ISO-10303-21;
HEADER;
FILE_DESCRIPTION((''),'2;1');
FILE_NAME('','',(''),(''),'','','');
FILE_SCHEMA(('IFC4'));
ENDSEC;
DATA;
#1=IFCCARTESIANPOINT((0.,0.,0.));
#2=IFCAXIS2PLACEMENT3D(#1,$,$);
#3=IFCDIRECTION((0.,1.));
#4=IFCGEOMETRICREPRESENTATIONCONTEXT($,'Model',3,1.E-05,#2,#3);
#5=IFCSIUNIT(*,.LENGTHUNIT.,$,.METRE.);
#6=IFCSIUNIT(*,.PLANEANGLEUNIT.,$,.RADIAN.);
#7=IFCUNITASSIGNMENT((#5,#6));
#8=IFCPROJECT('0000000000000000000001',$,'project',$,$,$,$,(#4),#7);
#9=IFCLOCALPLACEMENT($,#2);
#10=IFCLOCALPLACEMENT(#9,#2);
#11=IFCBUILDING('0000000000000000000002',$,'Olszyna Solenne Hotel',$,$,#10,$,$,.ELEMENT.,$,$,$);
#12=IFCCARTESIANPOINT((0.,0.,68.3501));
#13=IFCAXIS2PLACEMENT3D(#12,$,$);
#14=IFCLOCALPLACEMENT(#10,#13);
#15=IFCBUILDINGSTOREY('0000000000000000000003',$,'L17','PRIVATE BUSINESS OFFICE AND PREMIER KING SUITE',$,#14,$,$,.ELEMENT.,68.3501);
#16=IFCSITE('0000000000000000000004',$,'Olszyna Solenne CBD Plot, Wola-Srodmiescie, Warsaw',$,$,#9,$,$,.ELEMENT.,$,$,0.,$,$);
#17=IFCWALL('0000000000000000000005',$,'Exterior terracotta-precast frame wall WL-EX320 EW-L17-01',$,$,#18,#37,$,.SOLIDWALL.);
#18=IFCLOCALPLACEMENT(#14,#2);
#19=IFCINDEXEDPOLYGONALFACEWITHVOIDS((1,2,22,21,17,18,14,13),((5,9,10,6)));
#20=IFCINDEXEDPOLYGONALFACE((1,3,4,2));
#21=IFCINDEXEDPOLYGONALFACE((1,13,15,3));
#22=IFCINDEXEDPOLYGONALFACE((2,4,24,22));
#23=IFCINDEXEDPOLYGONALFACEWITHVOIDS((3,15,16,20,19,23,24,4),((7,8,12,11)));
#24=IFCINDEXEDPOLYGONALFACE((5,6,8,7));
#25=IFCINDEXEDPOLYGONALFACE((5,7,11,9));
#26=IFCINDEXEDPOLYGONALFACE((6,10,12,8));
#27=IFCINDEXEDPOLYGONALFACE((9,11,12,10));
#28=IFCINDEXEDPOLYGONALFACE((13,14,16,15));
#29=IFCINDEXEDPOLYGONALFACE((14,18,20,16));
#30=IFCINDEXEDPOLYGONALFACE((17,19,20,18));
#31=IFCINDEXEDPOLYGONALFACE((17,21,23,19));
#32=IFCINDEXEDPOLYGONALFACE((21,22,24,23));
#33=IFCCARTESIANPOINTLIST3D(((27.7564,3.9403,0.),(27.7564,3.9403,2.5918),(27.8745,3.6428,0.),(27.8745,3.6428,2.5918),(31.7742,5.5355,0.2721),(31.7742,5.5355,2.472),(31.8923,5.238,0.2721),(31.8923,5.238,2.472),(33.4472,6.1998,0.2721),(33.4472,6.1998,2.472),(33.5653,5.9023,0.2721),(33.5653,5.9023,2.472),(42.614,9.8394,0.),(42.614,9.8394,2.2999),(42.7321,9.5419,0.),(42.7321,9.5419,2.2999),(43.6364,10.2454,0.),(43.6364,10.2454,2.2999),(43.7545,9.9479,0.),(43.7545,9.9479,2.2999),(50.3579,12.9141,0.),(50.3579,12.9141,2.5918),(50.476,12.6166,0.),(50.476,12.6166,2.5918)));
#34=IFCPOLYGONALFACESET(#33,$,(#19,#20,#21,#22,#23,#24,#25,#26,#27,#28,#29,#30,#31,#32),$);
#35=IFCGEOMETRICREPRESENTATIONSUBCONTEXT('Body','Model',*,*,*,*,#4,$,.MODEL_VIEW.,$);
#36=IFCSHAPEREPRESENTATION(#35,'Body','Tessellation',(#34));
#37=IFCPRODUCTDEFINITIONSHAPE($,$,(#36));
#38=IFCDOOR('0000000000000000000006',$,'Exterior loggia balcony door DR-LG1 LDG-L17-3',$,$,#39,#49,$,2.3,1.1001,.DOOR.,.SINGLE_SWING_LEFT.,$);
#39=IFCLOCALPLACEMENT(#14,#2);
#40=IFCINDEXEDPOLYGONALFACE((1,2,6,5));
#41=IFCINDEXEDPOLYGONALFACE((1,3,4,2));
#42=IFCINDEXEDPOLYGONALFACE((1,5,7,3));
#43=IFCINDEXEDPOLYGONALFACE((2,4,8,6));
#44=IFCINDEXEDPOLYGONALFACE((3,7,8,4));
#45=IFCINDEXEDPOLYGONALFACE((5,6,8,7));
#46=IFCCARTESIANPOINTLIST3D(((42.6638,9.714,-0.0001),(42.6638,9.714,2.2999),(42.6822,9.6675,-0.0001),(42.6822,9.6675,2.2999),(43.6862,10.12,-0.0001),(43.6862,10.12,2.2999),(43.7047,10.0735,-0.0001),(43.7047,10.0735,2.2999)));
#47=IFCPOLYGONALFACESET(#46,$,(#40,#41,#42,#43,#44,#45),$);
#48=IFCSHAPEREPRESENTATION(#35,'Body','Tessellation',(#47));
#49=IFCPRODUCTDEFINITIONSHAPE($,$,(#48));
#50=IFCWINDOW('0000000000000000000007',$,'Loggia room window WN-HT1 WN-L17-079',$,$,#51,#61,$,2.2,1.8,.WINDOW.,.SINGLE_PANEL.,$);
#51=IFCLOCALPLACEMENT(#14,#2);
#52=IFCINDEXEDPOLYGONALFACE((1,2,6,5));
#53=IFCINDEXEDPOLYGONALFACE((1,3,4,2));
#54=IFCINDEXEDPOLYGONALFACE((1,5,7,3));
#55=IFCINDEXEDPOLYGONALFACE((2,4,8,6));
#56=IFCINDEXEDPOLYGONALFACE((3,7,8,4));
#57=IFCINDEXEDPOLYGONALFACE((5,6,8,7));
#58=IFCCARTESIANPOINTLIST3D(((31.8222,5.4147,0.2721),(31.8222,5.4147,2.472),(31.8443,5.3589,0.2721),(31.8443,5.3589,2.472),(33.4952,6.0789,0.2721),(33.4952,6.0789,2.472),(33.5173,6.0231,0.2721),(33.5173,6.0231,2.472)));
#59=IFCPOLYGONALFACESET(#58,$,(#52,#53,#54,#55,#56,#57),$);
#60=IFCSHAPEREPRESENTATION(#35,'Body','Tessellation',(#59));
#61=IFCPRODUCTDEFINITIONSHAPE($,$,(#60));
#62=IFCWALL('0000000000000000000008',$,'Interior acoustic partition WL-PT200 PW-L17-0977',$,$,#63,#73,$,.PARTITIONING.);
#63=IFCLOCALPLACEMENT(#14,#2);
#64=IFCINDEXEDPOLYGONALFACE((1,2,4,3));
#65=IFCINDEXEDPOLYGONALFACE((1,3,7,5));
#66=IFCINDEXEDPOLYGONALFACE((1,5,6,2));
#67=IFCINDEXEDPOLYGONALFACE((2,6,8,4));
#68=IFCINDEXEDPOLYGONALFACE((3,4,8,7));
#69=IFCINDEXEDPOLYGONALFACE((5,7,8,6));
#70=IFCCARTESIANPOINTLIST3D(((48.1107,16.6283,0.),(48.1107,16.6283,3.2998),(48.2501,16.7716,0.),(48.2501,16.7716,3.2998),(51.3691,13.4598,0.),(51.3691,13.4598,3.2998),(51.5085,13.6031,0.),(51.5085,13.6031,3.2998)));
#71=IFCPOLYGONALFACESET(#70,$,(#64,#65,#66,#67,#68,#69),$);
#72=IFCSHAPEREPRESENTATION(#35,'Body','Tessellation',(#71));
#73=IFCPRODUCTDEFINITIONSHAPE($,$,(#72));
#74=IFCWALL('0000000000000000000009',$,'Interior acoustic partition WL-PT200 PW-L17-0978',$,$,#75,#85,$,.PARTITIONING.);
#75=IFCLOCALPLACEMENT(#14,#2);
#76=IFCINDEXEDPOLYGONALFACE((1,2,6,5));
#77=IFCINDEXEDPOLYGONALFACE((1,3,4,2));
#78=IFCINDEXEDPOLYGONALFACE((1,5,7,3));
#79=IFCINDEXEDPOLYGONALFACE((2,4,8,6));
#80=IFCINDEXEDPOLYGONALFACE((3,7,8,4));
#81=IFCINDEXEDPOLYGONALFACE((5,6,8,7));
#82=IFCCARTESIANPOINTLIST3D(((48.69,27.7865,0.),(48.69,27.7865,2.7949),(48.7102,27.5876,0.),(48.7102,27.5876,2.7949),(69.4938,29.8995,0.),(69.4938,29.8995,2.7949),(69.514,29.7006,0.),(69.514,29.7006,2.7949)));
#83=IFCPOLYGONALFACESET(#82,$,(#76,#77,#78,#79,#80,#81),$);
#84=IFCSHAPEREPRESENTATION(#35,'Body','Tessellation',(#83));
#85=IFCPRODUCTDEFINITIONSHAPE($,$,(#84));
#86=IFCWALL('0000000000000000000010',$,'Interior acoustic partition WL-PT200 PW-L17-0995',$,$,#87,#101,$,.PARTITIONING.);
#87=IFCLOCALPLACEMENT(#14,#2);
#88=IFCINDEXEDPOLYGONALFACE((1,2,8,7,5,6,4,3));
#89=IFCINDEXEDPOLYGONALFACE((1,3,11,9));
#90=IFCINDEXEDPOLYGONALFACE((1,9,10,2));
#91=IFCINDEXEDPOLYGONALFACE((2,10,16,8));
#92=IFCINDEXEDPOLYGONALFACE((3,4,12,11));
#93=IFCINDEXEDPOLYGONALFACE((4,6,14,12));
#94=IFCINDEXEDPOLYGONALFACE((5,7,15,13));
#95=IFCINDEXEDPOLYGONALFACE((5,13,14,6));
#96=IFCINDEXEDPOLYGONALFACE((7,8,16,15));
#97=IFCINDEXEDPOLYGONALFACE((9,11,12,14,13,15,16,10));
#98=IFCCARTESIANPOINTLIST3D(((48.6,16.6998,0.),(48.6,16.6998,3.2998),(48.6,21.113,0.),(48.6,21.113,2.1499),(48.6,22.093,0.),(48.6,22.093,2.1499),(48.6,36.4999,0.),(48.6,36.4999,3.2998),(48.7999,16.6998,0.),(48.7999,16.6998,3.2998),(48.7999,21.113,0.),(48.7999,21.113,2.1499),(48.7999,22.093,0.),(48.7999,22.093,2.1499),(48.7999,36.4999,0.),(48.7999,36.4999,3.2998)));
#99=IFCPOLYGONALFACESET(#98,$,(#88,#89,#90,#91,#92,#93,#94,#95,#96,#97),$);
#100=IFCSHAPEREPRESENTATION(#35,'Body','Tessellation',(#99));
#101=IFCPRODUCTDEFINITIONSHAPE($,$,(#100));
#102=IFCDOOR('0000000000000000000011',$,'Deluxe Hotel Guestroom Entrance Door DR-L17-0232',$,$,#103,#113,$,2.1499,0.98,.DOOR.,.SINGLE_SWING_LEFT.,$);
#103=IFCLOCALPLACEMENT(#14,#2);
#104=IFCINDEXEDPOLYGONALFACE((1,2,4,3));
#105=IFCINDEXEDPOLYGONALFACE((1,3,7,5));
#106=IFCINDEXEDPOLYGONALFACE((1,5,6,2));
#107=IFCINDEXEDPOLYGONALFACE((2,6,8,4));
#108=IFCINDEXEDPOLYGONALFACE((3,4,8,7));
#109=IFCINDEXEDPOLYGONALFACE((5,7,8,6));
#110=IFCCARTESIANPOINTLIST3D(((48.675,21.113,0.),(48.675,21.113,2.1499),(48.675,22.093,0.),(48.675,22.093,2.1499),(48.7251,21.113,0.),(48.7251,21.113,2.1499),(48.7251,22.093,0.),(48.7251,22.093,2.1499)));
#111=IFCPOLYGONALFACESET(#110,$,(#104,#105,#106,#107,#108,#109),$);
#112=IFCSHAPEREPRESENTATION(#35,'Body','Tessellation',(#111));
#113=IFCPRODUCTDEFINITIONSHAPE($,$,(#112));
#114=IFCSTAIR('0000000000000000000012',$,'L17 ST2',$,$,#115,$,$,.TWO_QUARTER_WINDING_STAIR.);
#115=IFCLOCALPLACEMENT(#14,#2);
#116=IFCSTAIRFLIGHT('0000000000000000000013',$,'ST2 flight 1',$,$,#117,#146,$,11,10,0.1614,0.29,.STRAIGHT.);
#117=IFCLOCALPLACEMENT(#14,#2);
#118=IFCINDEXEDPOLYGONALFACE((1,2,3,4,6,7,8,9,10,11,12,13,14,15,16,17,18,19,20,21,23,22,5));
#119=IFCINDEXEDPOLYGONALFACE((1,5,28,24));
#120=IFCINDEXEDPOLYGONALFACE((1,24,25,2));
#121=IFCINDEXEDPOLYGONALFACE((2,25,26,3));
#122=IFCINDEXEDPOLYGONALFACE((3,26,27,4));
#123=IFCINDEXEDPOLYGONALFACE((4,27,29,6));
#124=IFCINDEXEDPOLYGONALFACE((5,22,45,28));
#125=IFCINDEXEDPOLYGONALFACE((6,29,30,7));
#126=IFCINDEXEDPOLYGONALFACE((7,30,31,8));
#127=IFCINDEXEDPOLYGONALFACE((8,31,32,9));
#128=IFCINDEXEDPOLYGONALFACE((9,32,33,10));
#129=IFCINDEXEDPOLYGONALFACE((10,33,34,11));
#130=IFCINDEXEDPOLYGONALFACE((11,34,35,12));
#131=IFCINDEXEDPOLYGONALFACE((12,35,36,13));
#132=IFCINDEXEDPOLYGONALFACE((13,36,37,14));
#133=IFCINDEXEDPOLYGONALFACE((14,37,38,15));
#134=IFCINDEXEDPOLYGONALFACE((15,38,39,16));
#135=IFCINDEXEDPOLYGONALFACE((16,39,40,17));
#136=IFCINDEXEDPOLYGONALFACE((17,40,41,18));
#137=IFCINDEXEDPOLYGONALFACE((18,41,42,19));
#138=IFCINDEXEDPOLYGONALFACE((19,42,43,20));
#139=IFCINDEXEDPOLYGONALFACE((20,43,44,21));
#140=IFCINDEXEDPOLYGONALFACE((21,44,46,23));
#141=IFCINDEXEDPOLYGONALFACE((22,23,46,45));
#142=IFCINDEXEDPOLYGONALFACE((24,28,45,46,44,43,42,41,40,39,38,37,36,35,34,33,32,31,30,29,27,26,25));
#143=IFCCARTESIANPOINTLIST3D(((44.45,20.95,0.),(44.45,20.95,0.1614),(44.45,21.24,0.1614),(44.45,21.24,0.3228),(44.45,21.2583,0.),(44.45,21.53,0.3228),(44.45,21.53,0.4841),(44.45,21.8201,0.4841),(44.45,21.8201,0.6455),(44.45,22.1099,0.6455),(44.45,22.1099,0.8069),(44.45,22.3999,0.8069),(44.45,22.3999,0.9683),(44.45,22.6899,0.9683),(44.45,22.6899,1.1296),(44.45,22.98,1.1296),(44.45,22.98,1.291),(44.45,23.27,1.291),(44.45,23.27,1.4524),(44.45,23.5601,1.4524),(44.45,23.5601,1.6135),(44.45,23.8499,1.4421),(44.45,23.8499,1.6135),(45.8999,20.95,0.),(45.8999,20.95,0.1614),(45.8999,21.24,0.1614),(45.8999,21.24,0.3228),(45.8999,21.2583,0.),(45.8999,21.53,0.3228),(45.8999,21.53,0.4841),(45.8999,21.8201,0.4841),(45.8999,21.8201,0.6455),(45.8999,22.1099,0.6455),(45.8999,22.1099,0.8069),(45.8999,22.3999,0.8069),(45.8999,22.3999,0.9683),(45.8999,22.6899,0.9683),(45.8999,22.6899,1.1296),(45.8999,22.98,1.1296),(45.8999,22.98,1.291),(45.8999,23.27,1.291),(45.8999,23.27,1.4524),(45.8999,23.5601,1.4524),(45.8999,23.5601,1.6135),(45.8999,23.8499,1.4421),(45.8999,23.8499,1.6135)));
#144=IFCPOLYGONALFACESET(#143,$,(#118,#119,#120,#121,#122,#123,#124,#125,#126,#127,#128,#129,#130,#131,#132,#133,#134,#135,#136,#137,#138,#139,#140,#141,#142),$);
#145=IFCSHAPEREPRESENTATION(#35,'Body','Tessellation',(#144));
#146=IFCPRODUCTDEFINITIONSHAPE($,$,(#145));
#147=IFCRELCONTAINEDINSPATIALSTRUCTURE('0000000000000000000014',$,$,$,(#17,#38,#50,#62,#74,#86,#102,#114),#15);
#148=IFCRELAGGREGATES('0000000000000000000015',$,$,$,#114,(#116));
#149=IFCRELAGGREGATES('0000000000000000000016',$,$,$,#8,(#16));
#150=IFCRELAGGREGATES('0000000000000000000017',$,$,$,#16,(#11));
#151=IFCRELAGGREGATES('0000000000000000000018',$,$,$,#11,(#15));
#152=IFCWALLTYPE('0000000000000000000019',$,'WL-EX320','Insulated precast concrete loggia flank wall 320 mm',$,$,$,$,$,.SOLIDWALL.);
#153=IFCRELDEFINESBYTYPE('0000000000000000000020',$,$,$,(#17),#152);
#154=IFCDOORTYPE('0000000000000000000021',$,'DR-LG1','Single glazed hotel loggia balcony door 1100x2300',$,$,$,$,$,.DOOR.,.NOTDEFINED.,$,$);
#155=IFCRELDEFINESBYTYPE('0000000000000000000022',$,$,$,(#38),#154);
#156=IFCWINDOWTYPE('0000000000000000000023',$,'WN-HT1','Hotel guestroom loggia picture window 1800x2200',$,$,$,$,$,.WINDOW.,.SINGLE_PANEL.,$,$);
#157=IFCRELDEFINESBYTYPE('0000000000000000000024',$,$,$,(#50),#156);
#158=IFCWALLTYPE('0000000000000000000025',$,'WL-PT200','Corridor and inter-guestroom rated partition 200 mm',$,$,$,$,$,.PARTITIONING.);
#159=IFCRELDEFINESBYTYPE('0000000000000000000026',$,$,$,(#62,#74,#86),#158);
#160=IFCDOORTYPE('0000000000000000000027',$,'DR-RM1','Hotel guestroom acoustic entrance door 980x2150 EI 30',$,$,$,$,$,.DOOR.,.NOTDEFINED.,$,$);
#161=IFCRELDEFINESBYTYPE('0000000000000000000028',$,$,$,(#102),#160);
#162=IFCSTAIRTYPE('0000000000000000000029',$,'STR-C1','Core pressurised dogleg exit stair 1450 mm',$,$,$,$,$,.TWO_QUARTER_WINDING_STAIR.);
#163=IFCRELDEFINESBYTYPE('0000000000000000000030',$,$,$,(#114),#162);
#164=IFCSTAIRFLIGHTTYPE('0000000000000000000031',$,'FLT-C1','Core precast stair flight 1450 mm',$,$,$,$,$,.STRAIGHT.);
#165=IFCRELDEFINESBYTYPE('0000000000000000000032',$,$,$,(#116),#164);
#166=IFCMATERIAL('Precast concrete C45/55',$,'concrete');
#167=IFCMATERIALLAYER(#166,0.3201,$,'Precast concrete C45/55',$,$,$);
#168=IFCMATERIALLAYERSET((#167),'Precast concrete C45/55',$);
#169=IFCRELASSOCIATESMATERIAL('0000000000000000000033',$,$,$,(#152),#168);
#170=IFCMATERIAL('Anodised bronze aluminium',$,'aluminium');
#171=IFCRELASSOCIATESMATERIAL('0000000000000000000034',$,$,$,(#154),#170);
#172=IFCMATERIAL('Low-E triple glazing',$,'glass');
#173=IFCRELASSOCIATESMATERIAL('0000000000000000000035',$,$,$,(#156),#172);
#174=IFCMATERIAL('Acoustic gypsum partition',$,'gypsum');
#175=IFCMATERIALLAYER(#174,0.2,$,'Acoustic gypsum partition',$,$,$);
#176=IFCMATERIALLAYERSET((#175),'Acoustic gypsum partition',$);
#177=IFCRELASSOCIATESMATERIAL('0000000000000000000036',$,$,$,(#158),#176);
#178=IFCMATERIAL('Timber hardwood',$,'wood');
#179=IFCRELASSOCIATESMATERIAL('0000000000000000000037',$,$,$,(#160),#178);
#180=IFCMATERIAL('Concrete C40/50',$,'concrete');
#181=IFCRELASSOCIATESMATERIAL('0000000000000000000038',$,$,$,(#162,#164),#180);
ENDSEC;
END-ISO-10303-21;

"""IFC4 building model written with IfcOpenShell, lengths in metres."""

from ifc_helpers import new_model, si_unit, direction, frame, frame_2d, origin, place, context, subcontext, project, spatial, polyline, rectangle, outline, extrude, source, transform, mapped, material, layer, layer_set, type_object, type_shapes, element, fill, aggregate, save


model = new_model("IFC4")

# Units and contexts
model_context = context("Model", 3, precision=1e-05, world=origin(), true_north=direction((0.0, 1.0)))
body_context = subcontext(model_context, "Body", "Model", "MODEL_VIEW")
ifc_project = project(units=[si_unit("LENGTHUNIT", "METRE"), si_unit("PLANEANGLEUNIT", "RADIAN")], contexts=[model_context])

# Site, building, storey
site_placement = place(None, origin())
site = spatial("IfcSite", under=ifc_project, at=site_placement, Name="Olszyna Solenne CBD Plot, Wola-Srodmiescie, Warsaw", CompositionType="ELEMENT", RefElevation=0.0)
building_placement = place(site_placement, origin())
building = spatial("IfcBuilding", under=site, at=building_placement, Name="Olszyna Solenne Hotel", CompositionType="ELEMENT")
storey_placement = place(building_placement, frame((0.0, 0.0, 68.3501)))
storey = spatial("IfcBuildingStorey", under=building, at=storey_placement, Name="L17", Description="PRIVATE BUSINESS OFFICE AND PREMIER KING SUITE", CompositionType="ELEMENT", Elevation=68.3501)

# Wall, openings, door, window
ifc_material_1 = material(Name="Precast concrete C45/55", Category="concrete")
ifc_layer_1 = layer(ifc_material_1, 0.3201, Name="Precast concrete C45/55")
ifc_layer_set_1 = layer_set([ifc_layer_1], Name="Precast concrete C45/55")
wall_type_1 = type_object("IfcWallType", Name="WL-EX320", Description="Insulated precast concrete loggia flank wall 320 mm", PredefinedType="SOLIDWALL", material=ifc_layer_set_1)
wall_1_placement = place(storey_placement, frame((50.417, 12.7654, 0.0), z_axis=(0.0, 0.0, 1.0), x_axis=(-0.92942, -0.369023, 0.0)))
wall_1 = element("IfcWall", 1, at=wall_1_placement, inside=storey, type_object=wall_type_1, Name="Exterior terracotta-precast frame wall WL-EX320 EW-L17-01", PredefinedType="SOLIDWALL", context=body_context, shape_type="SweptSolid", body=[
    extrude(rectangle(XDim=24.3179, YDim=0.3201, at=frame_2d((12.1589, 0.0))), origin(), (0.0, 0.0, 1.0), 2.5918),
])
opening_1_placement = place(wall_1_placement, frame((7.2319, 0.0, 0.0)))
opening_1 = element("IfcOpeningElement", 2, at=opening_1_placement, cuts=wall_1, PredefinedType="OPENING", context=body_context, shape_type="SweptSolid", body=[
    extrude(rectangle(XDim=1.1001, YDim=2.3, at=frame_2d((0.55, 1.1499))), frame((0.0, 0.1699, 0.0), z_axis=(0.0, -1.0, 0.0), x_axis=(1.0, 0.0, 0.0)), (0.0, 0.0, 1.0), 0.3401),
])
opening_2_placement = place(wall_1_placement, frame((18.1951, 0.0, 0.272)))
opening_2 = element("IfcOpeningElement", 3, at=opening_2_placement, cuts=wall_1, PredefinedType="OPENING", context=body_context, shape_type="SweptSolid", body=[
    extrude(rectangle(XDim=1.8, YDim=2.2, at=frame_2d((0.8999, 1.1001))), frame((0.0, 0.1699, 0.0), z_axis=(0.0, -1.0, 0.0), x_axis=(1.0, 0.0, 0.0)), (0.0, 0.0, 1.0), 0.3401),
])
ifc_material_2 = material(Name="Anodised bronze aluminium", Category="aluminium")
door_type_1 = type_object("IfcDoorType", Name="DR-LG1", Description="Single glazed hotel loggia balcony door 1100x2300", OperationType="NOTDEFINED", PredefinedType="DOOR", material=ifc_material_2)
shared_shape_1 = source(origin(), body_context, "Body", "SweptSolid", [
    extrude(rectangle(XDim=1.1001, YDim=2.3, at=frame_2d((0.55, 1.1499))), frame((0.0, 0.0249, 0.0), z_axis=(0.0, -1.0, 0.0), x_axis=(1.0, 0.0, 0.0)), (0.0, 0.0, 1.0), 0.05),
])
type_shapes(door_type_1, [shared_shape_1])
door_1_placement = place(opening_1_placement, origin())
door_1 = element("IfcDoor", 4, at=door_1_placement, inside=storey, type_object=door_type_1, Name="Exterior loggia balcony door DR-LG1 LDG-L17-3", OperationType="SINGLE_SWING_LEFT", OverallHeight=2.3, OverallWidth=1.1001, PredefinedType="DOOR", context=body_context, shape_type="MappedRepresentation", body=[
    mapped(shared_shape_1, transform((0.0, 0.0, 0.0), x_axis=(1.0, 0.0, 0.0), y_axis=(0.0, 1.0, 0.0), z_axis=(0.0, 0.0, 1.0), scale=1.0)),
])
fill(opening_1, door_1)
ifc_material_3 = material(Name="Low-E triple glazing", Category="glass")
window_type = type_object("IfcWindowType", Name="WN-HT1", Description="Hotel guestroom loggia picture window 1800x2200", PartitioningType="SINGLE_PANEL", PredefinedType="WINDOW", material=ifc_material_3)
shared_shape_2 = source(origin(), body_context, "Body", "SweptSolid", [
    extrude(rectangle(XDim=1.8, YDim=2.2, at=frame_2d((0.8999, 1.1001))), frame((0.0, 0.03, 0.0), z_axis=(0.0, -1.0, 0.0), x_axis=(1.0, 0.0, 0.0)), (0.0, 0.0, 1.0), 0.0601),
])
type_shapes(window_type, [shared_shape_2])
window_placement = place(opening_2_placement, origin())
window = element("IfcWindow", 5, at=window_placement, inside=storey, type_object=window_type, Name="Loggia room window WN-HT1 WN-L17-079", OverallHeight=2.2, OverallWidth=1.8, PartitioningType="SINGLE_PANEL", PredefinedType="WINDOW", context=body_context, shape_type="MappedRepresentation", body=[
    mapped(shared_shape_2, transform((0.0, 0.0, 0.0), x_axis=(1.0, 0.0, 0.0), y_axis=(0.0, 1.0, 0.0), z_axis=(0.0, 0.0, 1.0), scale=1.0)),
])
fill(opening_2, window)

# Walls
ifc_material_4 = material(Name="Acoustic gypsum partition", Category="gypsum")
ifc_layer_2 = layer(ifc_material_4, 0.2, Name="Acoustic gypsum partition")
ifc_layer_set_2 = layer_set([ifc_layer_2], Name="Acoustic gypsum partition")
wall_type_2 = type_object("IfcWallType", Name="WL-PT200", Description="Corridor and inter-guestroom rated partition 200 mm", PredefinedType="PARTITIONING", material=ifc_layer_set_2)
wall_2_placement = place(storey_placement, frame((48.1804, 16.7, 0.0), z_axis=(0.0, 0.0, 1.0), x_axis=(0.716922, -0.697154, 0.0)))
element("IfcWall", 6, at=wall_2_placement, inside=storey, type_object=wall_type_2, Name="Interior acoustic partition WL-PT200 PW-L17-0977", PredefinedType="PARTITIONING", context=body_context, shape_type="SweptSolid", body=[
    extrude(rectangle(XDim=4.5449, YDim=0.2, at=frame_2d((2.2725, 0.0))), origin(), (0.0, 0.0, 1.0), 3.2998),
])
wall_3_placement = place(storey_placement, frame((48.7, 27.687, 0.0), z_axis=(0.0, 0.0, 1.0), x_axis=(0.994881, 0.101049, 0.0)))
element("IfcWall", 7, at=wall_3_placement, inside=storey, type_object=wall_type_2, Name="Interior acoustic partition WL-PT200 PW-L17-0978", PredefinedType="PARTITIONING", context=body_context, shape_type="SweptSolid", body=[
    extrude(rectangle(XDim=20.9109, YDim=0.2, at=frame_2d((10.4556, 0.0))), origin(), (0.0, 0.0, 1.0), 2.7949),
])

# Wall, opening, door
wall_4_placement = place(storey_placement, frame((48.7, 16.7, 0.0), z_axis=(0.0, 0.0, 1.0), x_axis=(0.0, 1.0, 0.0)))
wall_4 = element("IfcWall", 8, at=wall_4_placement, inside=storey, type_object=wall_type_2, Name="Interior acoustic partition WL-PT200 PW-L17-0995", PredefinedType="PARTITIONING", context=body_context, shape_type="SweptSolid", body=[
    extrude(rectangle(XDim=19.8, YDim=0.2, at=frame_2d((9.8999, 0.0))), origin(), (0.0, 0.0, 1.0), 3.2998),
])
opening_3_placement = place(wall_4_placement, frame((4.4131, 0.0, 0.0)))
opening_3 = element("IfcOpeningElement", 9, at=opening_3_placement, cuts=wall_4, PredefinedType="OPENING", context=body_context, shape_type="SweptSolid", body=[
    extrude(rectangle(XDim=0.98, YDim=2.1499, at=frame_2d((0.49, 1.075))), frame((0.0, 0.1099, 0.0), z_axis=(0.0, -1.0, 0.0), x_axis=(1.0, 0.0, 0.0)), (0.0, 0.0, 1.0), 0.22),
])
ifc_material_5 = material(Name="Timber hardwood", Category="wood")
door_type_2 = type_object("IfcDoorType", Name="DR-RM1", Description="Hotel guestroom acoustic entrance door 980x2150 EI 30", OperationType="NOTDEFINED", PredefinedType="DOOR", material=ifc_material_5)
shared_shape_3 = source(origin(), body_context, "Body", "SweptSolid", [
    extrude(rectangle(XDim=0.98, YDim=2.1499, at=frame_2d((0.49, 1.075))), frame((0.0, 0.0249, 0.0), z_axis=(0.0, -1.0, 0.0), x_axis=(1.0, 0.0, 0.0)), (0.0, 0.0, 1.0), 0.05),
])
type_shapes(door_type_2, [shared_shape_3])
door_2_placement = place(opening_3_placement, origin())
door_2 = element("IfcDoor", 10, at=door_2_placement, inside=storey, type_object=door_type_2, Name="Deluxe Hotel Guestroom Entrance Door DR-L17-0232", OperationType="SINGLE_SWING_LEFT", OverallHeight=2.1499, OverallWidth=0.98, PredefinedType="DOOR", context=body_context, shape_type="MappedRepresentation", body=[
    mapped(shared_shape_3, transform((0.0, 0.0, 0.0), x_axis=(1.0, 0.0, 0.0), y_axis=(0.0, 1.0, 0.0), z_axis=(0.0, 0.0, 1.0), scale=1.0)),
])
fill(opening_3, door_2)

# Stair, stair flight
ifc_material_6 = material(Name="Concrete C40/50", Category="concrete")
stair_type = type_object("IfcStairType", Name="STR-C1", Description="Core pressurised dogleg exit stair 1450 mm", PredefinedType="TWO_QUARTER_WINDING_STAIR", material=ifc_material_6)
stair_placement = place(storey_placement, origin())
stair = element("IfcStair", 11, at=stair_placement, inside=storey, type_object=stair_type, Name="L17 ST2", PredefinedType="TWO_QUARTER_WINDING_STAIR")
stair_flight_type = type_object("IfcStairFlightType", Name="FLT-C1", Description="Core precast stair flight 1450 mm", PredefinedType="STRAIGHT", material=ifc_material_6)
stair_flight_placement = place(storey_placement, frame((45.175, 20.95, 0.0), z_axis=(0.0, 0.0, 1.0), x_axis=(0.0, 1.0, 0.0)))
stair_flight = element("IfcStairFlight", 12, at=stair_flight_placement, type_object=stair_flight_type, Name="ST2 flight 1", NumberOfRisers=11, NumberOfTreads=10, PredefinedType="STRAIGHT", RiserHeight=0.1614, TreadLength=0.29, context=body_context, shape_type="SweptSolid", body=[
    extrude(outline(polyline([(0.0, 0.0), (0.0, 0.1614), (0.29, 0.1614), (0.29, 0.3228), (0.5801, 0.3228), (0.5801, 0.4841), (0.8701, 0.4841), (0.8701, 0.6455), (1.1599, 0.6455), (1.1599, 0.8069), (1.45, 0.8069), (1.45, 0.9683), (1.74, 0.9683), (1.74, 1.1296), (2.03, 1.1296), (2.03, 1.291), (2.3201, 1.291), (2.3201, 1.4524), (2.6101, 1.4524), (2.6101, 1.6135), (2.8999, 1.6135), (2.8999, 1.7749), (2.8999, 1.4421), (0.3083, 0.0), (0.0, 0.0)])), frame((0.0, 0.7251, 0.0), z_axis=(0.0, -1.0, 0.0), x_axis=(1.0, 0.0, 0.0)), (0.0, 0.0, 1.0), 1.45),
])
aggregate(stair, [stair_flight])

save(model, "model.ifc")
